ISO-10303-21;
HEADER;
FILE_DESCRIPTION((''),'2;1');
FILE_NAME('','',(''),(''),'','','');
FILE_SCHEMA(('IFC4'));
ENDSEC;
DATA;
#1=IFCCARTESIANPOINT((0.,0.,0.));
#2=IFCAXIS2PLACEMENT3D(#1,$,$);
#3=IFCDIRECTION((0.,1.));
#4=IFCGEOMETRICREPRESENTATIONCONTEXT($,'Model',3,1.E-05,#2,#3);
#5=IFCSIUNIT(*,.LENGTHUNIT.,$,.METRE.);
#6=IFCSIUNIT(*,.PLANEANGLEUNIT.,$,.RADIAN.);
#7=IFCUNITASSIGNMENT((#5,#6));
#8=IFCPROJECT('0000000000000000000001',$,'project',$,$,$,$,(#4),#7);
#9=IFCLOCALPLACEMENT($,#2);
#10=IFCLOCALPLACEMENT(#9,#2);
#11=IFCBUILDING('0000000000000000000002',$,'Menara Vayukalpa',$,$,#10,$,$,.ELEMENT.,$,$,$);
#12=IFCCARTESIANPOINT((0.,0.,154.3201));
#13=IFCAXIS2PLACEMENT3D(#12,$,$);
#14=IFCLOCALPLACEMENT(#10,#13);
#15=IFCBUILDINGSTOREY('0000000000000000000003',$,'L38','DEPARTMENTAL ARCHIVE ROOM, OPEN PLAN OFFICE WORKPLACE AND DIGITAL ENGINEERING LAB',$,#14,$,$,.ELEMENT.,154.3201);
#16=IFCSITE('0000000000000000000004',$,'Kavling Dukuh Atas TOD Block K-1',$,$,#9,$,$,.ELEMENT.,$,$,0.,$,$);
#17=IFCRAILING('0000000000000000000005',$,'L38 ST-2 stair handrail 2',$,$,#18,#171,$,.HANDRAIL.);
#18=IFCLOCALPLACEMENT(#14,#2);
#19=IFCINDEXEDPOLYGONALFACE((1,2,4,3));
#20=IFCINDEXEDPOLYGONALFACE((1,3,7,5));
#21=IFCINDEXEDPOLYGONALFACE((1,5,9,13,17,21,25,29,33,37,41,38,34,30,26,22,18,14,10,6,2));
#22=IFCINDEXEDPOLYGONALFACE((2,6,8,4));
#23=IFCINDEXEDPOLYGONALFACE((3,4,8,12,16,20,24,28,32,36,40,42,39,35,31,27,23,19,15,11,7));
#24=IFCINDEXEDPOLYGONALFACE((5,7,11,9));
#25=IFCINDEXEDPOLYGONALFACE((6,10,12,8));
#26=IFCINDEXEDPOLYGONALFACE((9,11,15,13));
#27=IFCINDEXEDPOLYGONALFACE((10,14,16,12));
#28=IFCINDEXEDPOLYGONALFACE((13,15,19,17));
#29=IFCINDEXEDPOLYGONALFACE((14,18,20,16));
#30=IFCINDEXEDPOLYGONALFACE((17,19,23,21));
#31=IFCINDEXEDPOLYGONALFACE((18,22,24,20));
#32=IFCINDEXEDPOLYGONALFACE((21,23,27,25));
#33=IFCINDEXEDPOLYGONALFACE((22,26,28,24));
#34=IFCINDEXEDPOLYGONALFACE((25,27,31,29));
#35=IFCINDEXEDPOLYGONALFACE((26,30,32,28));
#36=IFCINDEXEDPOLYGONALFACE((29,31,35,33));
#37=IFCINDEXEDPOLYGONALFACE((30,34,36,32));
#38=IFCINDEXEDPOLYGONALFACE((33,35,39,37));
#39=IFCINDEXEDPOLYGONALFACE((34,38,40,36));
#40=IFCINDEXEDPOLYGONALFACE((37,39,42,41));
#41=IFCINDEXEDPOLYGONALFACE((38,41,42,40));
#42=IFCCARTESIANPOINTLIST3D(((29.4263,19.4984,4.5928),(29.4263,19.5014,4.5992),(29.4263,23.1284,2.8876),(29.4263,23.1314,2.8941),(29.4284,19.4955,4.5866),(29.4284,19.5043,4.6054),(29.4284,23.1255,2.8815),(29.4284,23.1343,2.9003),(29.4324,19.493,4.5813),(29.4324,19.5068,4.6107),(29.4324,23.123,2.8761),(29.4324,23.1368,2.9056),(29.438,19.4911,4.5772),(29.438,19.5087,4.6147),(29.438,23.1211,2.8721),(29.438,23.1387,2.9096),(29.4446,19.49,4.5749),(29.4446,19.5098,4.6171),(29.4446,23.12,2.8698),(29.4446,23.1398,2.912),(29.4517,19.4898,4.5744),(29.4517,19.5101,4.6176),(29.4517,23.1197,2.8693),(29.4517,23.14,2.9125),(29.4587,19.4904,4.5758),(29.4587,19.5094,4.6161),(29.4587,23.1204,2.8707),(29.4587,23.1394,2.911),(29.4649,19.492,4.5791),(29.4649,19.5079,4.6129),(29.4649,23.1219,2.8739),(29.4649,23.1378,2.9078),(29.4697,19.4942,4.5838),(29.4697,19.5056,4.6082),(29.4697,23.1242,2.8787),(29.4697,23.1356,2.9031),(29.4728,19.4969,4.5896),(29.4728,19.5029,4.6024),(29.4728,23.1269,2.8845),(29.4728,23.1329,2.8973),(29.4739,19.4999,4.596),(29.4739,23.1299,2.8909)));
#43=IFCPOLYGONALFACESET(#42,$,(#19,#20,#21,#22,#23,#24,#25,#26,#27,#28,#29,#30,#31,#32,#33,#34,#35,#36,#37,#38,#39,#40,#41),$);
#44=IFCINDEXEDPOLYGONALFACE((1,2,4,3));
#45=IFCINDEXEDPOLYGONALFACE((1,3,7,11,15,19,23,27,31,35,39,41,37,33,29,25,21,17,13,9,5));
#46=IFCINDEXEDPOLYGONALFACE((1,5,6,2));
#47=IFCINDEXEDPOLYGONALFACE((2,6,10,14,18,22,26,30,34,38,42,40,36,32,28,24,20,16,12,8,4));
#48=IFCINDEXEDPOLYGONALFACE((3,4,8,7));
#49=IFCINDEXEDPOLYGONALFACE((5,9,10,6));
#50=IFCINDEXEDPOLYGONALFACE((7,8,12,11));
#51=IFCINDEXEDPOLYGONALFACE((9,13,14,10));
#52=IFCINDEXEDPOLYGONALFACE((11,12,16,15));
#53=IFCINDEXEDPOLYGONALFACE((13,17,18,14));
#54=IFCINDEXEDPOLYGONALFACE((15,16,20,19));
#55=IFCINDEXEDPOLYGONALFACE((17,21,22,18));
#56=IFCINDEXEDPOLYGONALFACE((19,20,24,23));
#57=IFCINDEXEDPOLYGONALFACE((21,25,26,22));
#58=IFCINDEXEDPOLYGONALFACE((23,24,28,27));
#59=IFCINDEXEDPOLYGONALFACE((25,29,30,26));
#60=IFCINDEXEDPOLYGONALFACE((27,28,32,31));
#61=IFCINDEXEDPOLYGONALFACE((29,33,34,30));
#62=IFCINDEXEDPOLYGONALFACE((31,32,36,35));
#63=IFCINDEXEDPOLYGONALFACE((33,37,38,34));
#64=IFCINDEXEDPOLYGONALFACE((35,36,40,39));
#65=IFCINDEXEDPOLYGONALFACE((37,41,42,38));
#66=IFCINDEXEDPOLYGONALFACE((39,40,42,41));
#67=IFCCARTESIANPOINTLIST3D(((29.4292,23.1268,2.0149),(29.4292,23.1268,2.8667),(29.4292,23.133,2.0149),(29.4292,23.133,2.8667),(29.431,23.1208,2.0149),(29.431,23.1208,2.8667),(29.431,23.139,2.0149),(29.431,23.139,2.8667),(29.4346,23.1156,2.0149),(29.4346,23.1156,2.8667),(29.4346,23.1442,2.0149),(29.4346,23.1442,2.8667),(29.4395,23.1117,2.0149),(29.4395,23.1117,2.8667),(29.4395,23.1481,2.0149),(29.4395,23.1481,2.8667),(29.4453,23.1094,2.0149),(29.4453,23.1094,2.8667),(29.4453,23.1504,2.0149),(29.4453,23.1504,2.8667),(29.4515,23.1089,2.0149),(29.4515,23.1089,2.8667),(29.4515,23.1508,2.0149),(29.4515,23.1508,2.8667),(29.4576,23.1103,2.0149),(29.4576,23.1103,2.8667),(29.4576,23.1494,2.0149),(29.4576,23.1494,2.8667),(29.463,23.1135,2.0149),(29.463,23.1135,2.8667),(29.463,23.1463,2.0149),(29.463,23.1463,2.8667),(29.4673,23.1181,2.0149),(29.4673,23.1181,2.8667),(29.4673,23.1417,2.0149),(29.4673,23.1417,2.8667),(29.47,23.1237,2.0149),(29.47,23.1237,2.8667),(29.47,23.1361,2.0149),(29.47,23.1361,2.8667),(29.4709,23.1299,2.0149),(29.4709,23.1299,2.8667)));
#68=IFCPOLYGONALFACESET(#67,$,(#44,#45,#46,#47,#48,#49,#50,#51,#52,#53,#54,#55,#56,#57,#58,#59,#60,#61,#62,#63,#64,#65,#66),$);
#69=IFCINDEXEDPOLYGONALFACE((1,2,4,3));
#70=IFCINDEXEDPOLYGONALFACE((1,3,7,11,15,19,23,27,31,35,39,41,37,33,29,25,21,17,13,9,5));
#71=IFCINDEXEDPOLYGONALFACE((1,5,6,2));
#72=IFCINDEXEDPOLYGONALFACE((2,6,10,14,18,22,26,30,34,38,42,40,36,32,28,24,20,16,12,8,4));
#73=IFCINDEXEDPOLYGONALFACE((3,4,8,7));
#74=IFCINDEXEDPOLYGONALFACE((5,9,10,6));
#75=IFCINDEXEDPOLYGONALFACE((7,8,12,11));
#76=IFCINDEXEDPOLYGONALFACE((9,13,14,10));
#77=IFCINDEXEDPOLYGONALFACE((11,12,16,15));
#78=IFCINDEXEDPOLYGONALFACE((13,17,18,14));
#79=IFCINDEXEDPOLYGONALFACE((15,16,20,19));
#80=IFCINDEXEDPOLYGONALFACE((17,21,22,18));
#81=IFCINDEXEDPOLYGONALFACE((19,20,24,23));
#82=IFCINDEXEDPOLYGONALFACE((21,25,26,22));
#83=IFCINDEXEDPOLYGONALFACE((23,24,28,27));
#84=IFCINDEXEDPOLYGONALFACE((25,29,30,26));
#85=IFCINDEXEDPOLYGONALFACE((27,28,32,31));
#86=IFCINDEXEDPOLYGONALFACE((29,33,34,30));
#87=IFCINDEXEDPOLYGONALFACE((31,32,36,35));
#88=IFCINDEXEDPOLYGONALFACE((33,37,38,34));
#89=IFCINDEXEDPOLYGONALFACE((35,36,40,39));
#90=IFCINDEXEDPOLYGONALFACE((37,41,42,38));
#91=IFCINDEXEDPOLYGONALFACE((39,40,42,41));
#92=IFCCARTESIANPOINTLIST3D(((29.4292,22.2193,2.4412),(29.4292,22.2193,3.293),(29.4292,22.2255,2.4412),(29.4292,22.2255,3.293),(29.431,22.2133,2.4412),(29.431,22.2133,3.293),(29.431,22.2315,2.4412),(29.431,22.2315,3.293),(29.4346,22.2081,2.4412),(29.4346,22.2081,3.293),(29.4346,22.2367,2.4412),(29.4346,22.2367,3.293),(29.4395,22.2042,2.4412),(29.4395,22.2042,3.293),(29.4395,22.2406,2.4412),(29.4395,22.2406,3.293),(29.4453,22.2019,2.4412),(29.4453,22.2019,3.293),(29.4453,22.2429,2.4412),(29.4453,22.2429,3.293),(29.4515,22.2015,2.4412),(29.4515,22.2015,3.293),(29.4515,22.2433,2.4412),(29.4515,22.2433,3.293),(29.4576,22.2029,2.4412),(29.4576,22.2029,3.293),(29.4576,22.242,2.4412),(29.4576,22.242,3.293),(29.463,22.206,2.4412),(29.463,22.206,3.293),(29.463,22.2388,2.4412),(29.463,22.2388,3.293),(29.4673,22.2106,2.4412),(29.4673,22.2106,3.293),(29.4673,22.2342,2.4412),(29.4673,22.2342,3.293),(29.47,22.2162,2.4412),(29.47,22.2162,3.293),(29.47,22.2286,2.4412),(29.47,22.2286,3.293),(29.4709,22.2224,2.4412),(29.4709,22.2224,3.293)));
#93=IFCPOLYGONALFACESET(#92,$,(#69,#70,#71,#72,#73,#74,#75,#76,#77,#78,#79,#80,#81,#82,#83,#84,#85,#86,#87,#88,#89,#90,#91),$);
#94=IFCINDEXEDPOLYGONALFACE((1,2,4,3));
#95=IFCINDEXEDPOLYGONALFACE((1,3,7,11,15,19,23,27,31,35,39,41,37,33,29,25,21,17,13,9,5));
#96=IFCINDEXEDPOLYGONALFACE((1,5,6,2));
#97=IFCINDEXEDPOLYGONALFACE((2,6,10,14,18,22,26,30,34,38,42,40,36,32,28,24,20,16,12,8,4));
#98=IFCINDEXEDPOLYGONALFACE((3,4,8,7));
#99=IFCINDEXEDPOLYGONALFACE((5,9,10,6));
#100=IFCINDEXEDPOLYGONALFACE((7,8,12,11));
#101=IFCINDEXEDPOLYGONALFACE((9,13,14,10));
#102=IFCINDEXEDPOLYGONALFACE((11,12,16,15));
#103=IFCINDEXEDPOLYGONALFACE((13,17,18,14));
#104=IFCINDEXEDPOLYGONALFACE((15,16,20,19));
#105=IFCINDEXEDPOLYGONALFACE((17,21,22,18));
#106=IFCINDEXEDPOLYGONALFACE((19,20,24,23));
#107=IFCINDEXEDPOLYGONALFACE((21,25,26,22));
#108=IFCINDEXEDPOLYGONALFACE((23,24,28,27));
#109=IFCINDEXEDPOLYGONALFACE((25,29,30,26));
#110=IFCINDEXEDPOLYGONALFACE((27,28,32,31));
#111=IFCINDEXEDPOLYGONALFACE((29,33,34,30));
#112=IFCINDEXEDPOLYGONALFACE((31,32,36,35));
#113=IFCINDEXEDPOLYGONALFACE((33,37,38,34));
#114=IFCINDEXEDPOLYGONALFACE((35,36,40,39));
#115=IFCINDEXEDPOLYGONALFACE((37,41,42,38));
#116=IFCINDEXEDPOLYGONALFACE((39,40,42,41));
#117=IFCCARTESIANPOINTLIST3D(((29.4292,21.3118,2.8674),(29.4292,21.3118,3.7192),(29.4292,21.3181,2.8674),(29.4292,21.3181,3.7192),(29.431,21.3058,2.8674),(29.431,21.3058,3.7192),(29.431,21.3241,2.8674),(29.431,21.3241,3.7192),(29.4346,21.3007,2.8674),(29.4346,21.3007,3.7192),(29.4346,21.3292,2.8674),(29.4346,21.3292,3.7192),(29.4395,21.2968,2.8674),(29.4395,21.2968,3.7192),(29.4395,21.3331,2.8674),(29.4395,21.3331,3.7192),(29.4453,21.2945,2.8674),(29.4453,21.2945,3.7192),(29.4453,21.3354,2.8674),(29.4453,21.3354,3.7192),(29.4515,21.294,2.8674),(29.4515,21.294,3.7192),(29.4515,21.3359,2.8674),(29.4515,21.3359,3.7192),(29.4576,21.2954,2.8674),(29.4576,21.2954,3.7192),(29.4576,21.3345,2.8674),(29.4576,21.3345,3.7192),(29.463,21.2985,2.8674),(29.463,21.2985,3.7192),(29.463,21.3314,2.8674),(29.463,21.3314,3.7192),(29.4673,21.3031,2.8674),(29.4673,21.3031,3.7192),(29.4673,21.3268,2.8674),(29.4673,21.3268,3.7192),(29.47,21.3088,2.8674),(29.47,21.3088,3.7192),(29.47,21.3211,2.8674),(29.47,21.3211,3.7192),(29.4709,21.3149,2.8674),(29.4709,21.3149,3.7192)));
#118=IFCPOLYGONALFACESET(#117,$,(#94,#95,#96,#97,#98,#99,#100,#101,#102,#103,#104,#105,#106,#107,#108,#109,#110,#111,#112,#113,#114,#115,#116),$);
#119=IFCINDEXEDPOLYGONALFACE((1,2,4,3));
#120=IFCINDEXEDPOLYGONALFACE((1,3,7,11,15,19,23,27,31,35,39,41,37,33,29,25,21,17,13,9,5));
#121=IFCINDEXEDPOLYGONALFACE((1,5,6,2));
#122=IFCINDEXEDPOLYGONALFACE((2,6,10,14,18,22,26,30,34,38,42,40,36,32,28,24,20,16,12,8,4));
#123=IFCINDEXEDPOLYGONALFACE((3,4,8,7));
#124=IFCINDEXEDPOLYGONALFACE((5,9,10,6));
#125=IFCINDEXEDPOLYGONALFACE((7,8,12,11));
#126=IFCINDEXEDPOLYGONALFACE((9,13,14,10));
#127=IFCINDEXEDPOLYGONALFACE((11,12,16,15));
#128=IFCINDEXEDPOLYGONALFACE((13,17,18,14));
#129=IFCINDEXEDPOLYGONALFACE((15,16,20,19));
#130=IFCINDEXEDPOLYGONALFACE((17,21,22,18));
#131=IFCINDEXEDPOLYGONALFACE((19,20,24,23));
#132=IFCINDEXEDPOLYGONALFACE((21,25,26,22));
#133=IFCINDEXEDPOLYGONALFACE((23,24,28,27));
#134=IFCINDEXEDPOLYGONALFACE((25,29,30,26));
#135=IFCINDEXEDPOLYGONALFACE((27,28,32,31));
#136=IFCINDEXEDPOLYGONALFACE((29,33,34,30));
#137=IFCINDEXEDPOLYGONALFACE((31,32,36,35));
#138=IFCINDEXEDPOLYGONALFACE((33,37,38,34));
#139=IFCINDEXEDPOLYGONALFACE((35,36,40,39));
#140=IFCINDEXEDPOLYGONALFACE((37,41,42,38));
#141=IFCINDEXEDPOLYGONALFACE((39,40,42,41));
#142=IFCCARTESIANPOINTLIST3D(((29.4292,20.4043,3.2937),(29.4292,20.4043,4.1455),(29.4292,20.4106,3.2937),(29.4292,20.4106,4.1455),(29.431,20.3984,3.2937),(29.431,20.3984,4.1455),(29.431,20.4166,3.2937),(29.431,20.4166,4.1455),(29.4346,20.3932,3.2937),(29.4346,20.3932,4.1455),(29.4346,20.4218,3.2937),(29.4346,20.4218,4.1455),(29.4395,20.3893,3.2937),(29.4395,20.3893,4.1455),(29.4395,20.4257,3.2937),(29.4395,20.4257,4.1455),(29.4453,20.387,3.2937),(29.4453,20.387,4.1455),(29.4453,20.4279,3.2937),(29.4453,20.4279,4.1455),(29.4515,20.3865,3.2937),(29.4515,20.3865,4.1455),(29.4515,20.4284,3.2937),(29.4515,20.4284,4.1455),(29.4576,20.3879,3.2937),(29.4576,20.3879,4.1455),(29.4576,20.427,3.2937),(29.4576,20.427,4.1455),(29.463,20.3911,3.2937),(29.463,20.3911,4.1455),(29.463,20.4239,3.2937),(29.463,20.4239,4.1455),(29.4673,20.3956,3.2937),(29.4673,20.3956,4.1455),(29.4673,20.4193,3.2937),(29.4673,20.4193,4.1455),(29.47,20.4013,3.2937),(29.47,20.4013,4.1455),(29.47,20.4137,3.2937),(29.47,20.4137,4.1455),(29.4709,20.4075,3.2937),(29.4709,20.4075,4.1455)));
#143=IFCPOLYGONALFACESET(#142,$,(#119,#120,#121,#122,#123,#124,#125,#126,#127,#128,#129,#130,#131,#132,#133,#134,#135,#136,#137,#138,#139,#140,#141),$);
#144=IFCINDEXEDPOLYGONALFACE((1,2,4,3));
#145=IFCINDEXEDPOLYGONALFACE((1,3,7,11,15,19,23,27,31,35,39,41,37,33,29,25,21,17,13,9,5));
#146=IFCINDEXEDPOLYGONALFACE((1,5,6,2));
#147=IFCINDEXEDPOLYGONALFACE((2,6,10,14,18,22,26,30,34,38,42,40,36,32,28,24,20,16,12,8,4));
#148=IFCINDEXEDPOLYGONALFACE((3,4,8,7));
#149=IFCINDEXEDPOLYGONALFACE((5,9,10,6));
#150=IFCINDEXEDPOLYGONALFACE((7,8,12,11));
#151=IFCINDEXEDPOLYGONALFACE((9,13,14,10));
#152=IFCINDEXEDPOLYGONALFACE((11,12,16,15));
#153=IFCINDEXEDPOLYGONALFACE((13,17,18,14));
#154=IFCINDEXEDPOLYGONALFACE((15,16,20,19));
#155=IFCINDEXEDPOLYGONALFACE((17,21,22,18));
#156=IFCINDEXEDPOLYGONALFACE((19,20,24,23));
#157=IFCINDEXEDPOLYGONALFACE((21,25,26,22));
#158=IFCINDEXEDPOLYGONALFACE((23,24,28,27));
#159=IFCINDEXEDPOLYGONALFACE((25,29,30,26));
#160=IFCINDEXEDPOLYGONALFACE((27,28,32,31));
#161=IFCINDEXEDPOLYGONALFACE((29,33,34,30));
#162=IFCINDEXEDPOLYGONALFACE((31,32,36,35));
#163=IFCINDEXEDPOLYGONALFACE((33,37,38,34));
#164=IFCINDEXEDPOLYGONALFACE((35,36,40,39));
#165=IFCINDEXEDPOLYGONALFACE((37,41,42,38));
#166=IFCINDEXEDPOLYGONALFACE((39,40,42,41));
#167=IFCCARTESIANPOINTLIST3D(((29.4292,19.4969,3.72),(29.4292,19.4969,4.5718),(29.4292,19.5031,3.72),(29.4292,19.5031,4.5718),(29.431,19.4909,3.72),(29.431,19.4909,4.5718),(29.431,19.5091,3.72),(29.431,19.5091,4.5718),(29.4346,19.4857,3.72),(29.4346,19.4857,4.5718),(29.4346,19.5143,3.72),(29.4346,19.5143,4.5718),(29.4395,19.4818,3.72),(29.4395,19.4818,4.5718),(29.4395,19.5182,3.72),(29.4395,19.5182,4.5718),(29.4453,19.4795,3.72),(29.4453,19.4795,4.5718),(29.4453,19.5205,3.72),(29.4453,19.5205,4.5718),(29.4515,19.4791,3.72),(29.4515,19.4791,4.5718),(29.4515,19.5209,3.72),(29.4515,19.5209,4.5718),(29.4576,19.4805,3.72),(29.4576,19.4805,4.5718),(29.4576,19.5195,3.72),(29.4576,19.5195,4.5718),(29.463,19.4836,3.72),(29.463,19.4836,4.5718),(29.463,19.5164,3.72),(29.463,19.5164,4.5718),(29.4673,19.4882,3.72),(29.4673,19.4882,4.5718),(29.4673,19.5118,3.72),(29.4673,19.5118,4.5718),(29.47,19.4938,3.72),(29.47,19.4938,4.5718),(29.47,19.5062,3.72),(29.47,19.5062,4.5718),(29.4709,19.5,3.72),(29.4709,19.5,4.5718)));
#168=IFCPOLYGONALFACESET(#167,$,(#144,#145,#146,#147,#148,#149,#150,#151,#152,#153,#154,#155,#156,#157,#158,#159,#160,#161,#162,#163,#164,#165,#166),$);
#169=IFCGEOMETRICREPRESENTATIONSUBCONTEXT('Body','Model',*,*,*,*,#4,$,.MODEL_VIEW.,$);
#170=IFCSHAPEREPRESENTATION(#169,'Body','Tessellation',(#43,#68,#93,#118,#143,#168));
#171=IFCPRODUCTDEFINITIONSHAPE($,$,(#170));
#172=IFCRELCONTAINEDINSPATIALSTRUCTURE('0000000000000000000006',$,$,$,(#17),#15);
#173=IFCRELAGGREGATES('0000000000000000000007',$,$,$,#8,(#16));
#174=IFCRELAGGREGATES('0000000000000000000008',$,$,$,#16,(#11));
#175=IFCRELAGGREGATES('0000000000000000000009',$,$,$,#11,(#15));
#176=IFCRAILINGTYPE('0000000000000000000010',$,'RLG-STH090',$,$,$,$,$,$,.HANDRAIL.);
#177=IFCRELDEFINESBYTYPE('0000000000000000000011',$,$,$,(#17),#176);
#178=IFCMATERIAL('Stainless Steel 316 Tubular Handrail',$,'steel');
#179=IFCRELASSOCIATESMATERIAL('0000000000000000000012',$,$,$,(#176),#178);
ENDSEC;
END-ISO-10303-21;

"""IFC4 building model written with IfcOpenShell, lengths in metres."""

from ifc_helpers import new_model, si_unit, direction, frame, origin, origin_2d, place, context, subcontext, project, spatial, circle, extrude, material, type_object, element, save


model = new_model("IFC4")

# Units and contexts
model_context = context("Model", 3, precision=1e-05, world=origin(), true_north=direction((0.0, 1.0)))
body_context = subcontext(model_context, "Body", "Model", "MODEL_VIEW")
ifc_project = project(units=[si_unit("LENGTHUNIT", "METRE"), si_unit("PLANEANGLEUNIT", "RADIAN")], contexts=[model_context])

# Site, building, storey
site_placement = place(None, origin())
site = spatial("IfcSite", under=ifc_project, at=site_placement, Name="Kavling Dukuh Atas TOD Block K-1", CompositionType="ELEMENT", RefElevation=0.0)
building_placement = place(site_placement, origin())
building = spatial("IfcBuilding", under=site, at=building_placement, Name="Menara Vayukalpa", CompositionType="ELEMENT")
storey_placement = place(building_placement, frame((0.0, 0.0, 154.3201)))
storey = spatial("IfcBuildingStorey", under=building, at=storey_placement, Name="L38", Description="DEPARTMENTAL ARCHIVE ROOM, OPEN PLAN OFFICE WORKPLACE AND DIGITAL ENGINEERING LAB", CompositionType="ELEMENT", Elevation=154.3201)

# Railing
ifc_material_1 = material(Name="Stainless Steel 316 Tubular Handrail", Category="steel")
railing_type_1 = type_object("IfcRailingType", Name="RLG-STH090", PredefinedType="HANDRAIL", material=ifc_material_1)
railing_1_placement = place(storey_placement, frame((29.45, 23.1299, 2.0149)))
element("IfcRailing", 1, at=railing_1_placement, inside=storey, type_object=railing_type_1, Name="L38 ST-2 stair handrail 2", PredefinedType="HANDRAIL", context=body_context, shape_type="SweptSolid", body=[
    extrude(circle(Radius=0.0239, at=origin_2d()), frame((0.0, 0.0, 0.876), z_axis=(0.0, -0.905116, 0.425164), x_axis=(1.0, 0.0, 0.0)), (0.0, 0.0, 1.0), 4.0105),
    extrude(circle(Radius=0.021, at=origin_2d()), origin(), (0.0, 0.0, 1.0), 0.8518),
    extrude(circle(Radius=0.021, at=origin_2d()), frame((0.0, -0.9075, 0.4263)), (0.0, 0.0, 1.0), 0.8518),
    extrude(circle(Radius=0.021, at=origin_2d()), frame((0.0, -1.8149, 0.8525)), (0.0, 0.0, 1.0), 0.8518),
    extrude(circle(Radius=0.021, at=origin_2d()), frame((0.0, -2.7224, 1.2788)), (0.0, 0.0, 1.0), 0.8518),
    extrude(circle(Radius=0.021, at=origin_2d()), frame((0.0, -3.6299, 1.7051)), (0.0, 0.0, 1.0), 0.8518),
])

save(model, "model.ifc")
